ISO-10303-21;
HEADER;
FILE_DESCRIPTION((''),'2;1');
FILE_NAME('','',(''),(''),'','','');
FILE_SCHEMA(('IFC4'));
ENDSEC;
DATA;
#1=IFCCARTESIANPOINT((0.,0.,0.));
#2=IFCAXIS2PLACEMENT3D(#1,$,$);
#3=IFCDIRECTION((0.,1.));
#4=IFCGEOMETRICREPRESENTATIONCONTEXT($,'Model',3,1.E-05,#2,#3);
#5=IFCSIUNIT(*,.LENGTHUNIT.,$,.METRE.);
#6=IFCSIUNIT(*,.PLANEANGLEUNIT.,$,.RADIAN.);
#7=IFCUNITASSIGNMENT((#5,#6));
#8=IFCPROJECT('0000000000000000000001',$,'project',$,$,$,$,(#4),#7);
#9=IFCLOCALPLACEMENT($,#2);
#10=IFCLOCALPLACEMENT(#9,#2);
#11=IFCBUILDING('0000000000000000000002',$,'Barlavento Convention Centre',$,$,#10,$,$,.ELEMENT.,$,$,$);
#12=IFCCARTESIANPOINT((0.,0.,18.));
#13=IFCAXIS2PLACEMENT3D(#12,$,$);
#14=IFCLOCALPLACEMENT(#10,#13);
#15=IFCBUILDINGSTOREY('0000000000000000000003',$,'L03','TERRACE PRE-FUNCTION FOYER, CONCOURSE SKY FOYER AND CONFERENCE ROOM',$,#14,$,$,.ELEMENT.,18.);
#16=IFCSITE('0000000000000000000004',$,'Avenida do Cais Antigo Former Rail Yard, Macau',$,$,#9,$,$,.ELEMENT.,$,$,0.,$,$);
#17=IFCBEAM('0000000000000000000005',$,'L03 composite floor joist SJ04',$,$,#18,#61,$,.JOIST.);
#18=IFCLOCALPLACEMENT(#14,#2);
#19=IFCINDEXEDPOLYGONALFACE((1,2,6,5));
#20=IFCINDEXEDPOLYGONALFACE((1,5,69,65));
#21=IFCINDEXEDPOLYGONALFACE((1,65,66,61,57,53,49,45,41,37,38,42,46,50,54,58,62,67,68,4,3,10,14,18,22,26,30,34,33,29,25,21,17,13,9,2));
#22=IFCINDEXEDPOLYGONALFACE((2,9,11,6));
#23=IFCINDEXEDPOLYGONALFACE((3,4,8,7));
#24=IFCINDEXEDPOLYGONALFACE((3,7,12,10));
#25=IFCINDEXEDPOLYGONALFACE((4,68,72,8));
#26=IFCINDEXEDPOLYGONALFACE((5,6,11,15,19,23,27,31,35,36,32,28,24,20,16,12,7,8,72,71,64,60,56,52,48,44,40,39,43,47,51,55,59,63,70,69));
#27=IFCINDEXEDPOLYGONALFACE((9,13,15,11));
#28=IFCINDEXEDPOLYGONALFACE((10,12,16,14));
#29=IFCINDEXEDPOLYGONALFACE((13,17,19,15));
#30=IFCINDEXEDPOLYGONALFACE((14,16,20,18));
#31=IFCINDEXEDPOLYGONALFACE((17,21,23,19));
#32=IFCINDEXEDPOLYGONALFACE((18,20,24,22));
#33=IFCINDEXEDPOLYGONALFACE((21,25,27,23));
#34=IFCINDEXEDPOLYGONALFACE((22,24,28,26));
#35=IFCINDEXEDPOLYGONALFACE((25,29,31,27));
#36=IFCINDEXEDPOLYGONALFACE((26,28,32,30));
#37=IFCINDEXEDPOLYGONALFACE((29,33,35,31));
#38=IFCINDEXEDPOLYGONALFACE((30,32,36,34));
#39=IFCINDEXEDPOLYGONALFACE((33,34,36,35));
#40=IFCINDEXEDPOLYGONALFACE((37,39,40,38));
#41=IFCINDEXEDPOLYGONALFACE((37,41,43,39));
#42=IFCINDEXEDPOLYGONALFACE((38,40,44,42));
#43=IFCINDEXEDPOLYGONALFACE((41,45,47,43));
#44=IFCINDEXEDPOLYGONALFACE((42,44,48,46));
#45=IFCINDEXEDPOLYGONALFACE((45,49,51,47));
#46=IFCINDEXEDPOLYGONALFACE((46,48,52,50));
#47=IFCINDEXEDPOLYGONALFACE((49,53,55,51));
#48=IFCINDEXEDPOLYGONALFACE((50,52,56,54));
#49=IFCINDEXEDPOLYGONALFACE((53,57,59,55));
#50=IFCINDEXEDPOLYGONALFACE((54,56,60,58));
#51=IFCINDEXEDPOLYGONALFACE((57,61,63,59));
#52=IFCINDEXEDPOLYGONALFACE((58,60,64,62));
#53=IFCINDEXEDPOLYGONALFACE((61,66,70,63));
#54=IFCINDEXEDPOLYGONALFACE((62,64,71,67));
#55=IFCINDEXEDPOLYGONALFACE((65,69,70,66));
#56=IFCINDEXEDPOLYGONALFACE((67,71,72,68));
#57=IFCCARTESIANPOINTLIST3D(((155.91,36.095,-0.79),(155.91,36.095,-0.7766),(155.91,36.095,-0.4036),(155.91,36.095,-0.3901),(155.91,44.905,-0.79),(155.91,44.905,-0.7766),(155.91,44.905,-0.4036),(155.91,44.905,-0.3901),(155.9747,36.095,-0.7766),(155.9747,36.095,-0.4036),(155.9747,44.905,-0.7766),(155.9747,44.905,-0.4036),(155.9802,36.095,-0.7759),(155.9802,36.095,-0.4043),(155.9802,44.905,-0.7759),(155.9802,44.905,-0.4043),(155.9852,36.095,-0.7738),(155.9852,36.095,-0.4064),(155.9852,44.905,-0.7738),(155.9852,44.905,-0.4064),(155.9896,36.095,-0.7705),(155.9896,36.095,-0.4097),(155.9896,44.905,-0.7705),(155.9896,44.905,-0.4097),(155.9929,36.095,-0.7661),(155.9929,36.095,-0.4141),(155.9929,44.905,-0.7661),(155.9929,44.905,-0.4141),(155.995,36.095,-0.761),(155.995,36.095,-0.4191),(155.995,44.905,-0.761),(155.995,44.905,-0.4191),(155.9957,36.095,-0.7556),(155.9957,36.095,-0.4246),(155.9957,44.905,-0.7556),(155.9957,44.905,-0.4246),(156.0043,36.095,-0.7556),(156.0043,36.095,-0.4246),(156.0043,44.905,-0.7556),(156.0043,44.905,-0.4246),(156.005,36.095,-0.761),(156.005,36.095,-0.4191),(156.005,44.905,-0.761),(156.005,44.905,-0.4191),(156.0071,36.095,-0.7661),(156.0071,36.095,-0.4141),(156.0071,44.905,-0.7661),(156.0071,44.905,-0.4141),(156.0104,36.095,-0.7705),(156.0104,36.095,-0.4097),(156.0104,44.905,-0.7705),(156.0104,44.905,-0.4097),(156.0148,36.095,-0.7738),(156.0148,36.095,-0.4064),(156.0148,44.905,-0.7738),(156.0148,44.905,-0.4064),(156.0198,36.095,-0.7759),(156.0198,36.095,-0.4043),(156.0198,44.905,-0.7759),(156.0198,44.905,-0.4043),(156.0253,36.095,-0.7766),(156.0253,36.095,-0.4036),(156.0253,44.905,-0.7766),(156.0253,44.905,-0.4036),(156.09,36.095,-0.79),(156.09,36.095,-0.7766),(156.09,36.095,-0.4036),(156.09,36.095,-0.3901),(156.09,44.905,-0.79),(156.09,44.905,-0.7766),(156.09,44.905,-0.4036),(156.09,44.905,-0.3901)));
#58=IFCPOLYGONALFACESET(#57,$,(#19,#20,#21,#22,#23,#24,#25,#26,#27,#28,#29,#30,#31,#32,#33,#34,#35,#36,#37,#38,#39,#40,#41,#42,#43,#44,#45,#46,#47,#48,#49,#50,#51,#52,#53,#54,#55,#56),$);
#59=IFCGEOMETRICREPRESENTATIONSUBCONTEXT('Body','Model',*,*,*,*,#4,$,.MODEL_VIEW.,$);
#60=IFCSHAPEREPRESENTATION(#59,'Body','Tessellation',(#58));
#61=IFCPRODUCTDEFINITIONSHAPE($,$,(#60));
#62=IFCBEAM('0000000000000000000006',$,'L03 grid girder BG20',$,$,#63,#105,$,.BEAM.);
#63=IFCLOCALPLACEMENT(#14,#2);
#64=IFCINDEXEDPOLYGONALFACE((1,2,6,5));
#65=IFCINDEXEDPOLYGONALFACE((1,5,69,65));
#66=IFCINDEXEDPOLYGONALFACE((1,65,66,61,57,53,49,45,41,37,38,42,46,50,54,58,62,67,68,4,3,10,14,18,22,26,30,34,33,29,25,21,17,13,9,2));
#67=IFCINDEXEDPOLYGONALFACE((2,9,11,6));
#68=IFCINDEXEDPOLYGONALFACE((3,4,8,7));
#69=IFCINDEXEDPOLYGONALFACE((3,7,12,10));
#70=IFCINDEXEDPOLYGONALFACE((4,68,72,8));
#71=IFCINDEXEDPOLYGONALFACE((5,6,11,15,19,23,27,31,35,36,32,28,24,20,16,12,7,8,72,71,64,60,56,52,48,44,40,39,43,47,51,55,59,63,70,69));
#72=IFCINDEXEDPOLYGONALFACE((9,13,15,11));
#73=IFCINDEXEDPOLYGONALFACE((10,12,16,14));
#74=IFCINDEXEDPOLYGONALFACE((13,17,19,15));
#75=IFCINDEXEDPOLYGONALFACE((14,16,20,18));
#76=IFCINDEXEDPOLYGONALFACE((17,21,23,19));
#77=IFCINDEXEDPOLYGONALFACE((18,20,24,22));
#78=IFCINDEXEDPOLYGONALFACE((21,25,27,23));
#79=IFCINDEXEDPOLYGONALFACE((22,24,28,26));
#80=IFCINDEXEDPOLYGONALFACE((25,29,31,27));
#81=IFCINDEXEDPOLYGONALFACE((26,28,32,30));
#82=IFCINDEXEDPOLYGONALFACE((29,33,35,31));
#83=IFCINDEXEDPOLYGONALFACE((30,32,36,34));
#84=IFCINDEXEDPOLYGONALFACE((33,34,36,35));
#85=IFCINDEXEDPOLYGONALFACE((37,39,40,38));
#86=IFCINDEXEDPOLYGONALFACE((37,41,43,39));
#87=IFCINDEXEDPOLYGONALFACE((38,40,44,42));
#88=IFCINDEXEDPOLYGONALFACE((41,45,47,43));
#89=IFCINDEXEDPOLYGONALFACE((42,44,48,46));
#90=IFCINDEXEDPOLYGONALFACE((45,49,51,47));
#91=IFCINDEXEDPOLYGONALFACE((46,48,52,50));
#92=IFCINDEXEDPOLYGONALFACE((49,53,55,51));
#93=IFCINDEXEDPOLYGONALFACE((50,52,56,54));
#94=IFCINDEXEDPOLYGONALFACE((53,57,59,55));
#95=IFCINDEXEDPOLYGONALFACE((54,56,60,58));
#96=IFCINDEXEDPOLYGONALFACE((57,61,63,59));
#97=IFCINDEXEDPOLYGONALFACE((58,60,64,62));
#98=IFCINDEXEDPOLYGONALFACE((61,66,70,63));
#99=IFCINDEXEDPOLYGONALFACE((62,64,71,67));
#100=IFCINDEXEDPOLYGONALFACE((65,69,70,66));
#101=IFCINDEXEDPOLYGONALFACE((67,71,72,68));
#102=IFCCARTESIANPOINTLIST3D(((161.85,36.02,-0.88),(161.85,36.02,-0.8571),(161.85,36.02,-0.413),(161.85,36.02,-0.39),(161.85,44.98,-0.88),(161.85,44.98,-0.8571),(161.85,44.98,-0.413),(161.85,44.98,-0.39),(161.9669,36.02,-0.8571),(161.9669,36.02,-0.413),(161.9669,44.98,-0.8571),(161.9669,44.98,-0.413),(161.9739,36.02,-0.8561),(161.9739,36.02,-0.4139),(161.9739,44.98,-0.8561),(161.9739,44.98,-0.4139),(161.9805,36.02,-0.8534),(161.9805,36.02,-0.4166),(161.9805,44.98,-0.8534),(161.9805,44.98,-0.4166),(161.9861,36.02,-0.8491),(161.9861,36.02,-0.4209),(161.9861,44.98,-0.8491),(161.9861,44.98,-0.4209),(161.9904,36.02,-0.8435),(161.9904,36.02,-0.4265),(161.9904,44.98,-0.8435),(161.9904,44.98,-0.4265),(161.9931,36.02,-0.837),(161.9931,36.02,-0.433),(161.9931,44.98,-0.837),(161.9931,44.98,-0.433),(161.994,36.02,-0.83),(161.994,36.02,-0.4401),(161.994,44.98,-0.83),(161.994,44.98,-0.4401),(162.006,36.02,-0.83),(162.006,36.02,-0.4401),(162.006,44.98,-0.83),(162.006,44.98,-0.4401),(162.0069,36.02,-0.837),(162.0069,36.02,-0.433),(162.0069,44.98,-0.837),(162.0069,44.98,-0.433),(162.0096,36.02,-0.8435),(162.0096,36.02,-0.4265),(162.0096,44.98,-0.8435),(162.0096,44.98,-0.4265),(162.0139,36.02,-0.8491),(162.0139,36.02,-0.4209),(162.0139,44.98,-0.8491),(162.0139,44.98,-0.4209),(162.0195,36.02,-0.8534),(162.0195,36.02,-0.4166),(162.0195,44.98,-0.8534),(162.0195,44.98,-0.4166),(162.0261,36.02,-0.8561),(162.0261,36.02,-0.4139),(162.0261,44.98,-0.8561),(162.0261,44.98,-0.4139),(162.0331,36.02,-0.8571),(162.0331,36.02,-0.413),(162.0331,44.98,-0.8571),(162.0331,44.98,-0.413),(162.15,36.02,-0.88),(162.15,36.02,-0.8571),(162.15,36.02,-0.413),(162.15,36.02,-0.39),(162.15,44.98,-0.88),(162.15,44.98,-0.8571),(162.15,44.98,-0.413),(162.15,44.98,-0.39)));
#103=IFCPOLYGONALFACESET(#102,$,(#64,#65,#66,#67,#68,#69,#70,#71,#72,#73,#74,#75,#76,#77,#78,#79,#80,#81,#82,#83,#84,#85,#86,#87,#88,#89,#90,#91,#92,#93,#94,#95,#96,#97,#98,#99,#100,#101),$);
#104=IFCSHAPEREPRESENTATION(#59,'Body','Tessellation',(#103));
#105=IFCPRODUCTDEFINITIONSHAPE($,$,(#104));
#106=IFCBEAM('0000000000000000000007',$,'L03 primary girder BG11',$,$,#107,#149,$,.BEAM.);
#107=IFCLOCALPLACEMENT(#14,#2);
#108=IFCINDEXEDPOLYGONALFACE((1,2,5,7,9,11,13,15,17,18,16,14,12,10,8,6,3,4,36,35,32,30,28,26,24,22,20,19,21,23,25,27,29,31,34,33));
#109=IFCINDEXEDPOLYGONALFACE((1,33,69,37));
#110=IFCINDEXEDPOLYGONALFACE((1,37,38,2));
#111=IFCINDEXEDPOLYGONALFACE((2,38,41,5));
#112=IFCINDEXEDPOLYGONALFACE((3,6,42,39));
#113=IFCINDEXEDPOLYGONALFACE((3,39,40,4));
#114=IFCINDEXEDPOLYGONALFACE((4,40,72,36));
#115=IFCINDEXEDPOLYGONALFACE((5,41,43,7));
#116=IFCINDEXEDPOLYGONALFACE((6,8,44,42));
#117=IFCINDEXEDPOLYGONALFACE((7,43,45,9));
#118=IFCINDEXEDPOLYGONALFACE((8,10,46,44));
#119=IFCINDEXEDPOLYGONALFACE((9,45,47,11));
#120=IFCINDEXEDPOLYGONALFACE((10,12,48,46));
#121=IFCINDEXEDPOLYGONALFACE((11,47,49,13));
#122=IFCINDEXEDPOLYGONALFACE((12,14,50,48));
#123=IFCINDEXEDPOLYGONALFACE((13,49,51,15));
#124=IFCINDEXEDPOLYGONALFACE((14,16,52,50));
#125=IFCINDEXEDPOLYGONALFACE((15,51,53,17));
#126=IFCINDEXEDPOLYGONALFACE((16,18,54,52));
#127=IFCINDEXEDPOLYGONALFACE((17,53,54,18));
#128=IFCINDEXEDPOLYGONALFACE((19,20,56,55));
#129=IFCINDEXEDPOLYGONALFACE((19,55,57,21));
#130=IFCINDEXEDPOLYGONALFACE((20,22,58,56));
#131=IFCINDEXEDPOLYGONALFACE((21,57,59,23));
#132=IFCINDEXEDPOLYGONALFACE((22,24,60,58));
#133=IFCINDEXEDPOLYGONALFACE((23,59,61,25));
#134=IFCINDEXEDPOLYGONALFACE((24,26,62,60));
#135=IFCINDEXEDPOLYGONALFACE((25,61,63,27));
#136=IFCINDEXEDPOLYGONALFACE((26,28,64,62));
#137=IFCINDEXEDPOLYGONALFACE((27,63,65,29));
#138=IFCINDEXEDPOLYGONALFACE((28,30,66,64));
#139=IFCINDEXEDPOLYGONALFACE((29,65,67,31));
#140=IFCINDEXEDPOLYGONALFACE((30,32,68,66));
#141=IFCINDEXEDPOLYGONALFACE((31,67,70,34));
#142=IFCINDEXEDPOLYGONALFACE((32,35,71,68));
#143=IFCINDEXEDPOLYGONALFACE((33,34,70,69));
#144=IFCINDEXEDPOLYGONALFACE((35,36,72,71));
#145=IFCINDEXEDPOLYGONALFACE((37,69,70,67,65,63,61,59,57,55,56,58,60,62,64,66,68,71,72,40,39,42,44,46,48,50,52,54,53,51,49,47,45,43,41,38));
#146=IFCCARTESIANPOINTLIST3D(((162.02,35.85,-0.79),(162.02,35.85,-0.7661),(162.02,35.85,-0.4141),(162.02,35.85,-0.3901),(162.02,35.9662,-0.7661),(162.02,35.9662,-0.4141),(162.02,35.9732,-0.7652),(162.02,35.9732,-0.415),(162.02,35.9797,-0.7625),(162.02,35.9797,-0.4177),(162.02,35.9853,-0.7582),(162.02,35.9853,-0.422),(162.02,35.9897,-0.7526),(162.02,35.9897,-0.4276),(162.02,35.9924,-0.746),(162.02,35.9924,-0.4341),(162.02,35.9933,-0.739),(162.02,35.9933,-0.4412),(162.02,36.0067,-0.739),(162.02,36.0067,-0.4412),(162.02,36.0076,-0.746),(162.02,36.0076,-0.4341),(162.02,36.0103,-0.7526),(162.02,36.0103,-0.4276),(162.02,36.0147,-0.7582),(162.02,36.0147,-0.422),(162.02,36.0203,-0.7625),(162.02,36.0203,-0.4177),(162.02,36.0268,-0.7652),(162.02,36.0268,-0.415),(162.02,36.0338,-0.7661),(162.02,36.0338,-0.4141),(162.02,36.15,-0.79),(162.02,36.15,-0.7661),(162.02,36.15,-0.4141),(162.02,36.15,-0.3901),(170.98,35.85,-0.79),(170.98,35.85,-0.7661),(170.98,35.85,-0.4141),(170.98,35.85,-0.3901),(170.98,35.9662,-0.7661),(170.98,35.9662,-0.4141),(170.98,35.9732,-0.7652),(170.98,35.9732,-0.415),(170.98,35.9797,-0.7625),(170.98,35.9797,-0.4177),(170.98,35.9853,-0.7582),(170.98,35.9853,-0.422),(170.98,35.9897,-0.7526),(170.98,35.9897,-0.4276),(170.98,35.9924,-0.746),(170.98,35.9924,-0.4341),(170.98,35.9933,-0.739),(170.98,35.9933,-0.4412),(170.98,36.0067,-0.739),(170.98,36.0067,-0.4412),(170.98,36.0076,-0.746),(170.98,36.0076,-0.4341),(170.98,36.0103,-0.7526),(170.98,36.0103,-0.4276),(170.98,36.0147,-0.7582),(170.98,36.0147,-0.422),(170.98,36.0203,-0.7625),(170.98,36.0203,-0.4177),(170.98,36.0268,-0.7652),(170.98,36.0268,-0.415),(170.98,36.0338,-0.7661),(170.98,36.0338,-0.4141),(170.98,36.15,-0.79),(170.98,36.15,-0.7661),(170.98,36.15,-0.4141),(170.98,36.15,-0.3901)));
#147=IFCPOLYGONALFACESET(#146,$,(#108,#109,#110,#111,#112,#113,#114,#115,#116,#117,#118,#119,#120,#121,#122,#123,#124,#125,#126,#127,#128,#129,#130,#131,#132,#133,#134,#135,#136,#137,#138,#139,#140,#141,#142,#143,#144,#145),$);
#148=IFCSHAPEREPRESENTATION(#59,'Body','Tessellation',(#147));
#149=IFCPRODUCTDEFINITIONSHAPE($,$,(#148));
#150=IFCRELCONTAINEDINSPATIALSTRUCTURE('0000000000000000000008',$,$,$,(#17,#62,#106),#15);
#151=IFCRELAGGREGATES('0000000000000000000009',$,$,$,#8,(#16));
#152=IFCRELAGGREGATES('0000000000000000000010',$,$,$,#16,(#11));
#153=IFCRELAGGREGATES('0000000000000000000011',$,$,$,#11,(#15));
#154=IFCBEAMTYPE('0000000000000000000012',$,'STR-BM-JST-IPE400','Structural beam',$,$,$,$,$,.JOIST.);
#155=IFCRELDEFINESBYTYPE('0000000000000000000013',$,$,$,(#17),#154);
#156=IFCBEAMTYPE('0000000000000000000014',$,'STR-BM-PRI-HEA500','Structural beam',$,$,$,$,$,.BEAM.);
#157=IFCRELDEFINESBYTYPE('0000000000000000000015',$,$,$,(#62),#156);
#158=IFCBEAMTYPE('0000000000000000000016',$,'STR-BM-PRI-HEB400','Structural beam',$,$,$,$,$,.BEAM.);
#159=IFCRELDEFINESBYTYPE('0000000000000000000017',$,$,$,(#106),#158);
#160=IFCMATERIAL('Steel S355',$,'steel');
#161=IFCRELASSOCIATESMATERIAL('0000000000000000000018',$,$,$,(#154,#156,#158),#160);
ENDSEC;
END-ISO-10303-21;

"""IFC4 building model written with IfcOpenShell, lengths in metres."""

from ifc_helpers import new_model, si_unit, direction, frame, origin, origin_2d, place, context, subcontext, project, spatial, i_section, extrude, material, material_profile, profile_set, type_object, element, save


model = new_model("IFC4")

# Units and contexts
model_context = context("Model", 3, precision=1e-05, world=origin(), true_north=direction((0.0, 1.0)))
body_context = subcontext(model_context, "Body", "Model", "MODEL_VIEW")
ifc_project = project(units=[si_unit("LENGTHUNIT", "METRE"), si_unit("PLANEANGLEUNIT", "RADIAN")], contexts=[model_context])

# Site, building, storey
site_placement = place(None, origin())
site = spatial("IfcSite", under=ifc_project, at=site_placement, Name="Avenida do Cais Antigo Former Rail Yard, Macau", CompositionType="ELEMENT", RefElevation=0.0)
building_placement = place(site_placement, origin())
building = spatial("IfcBuilding", under=site, at=building_placement, Name="Barlavento Convention Centre", CompositionType="ELEMENT")
storey_placement = place(building_placement, frame((0.0, 0.0, 18.0)))
storey = spatial("IfcBuildingStorey", under=building, at=storey_placement, Name="L03", Description="TERRACE PRE-FUNCTION FOYER, CONCOURSE SKY FOYER AND CONFERENCE ROOM", CompositionType="ELEMENT", Elevation=18.0)

# Shared definitions
ifc_material_1 = material(Name="Steel S355", Category="steel")

# Beams
ifc_material_profile_1 = material_profile(ifc_material_1, i_section(OverallWidth=0.1799, OverallDepth=0.3999, WebThickness=0.0085, FlangeThickness=0.0134, FilletRadius=0.021, at=origin_2d()), Name="IPE 400")
ifc_profile_set_1 = profile_set([ifc_material_profile_1], Name="Steel S355")
beam_type_1 = type_object("IfcBeamType", Name="STR-BM-JST-IPE400", Description="Structural beam", PredefinedType="JOIST", material=ifc_profile_set_1)
beam_1_placement = place(storey_placement, frame((156.0, 36.095, -0.5901), z_axis=(0.0, 1.0, 0.0), x_axis=(-1.0, 0.0, 0.0)))
element("IfcBeam", 1, at=beam_1_placement, inside=storey, type_object=beam_type_1, Name="L03 composite floor joist SJ04", PredefinedType="JOIST", context=body_context, shape_type="SweptSolid", body=[
    extrude(i_section(OverallWidth=0.1799, OverallDepth=0.3999, WebThickness=0.0085, FlangeThickness=0.0134, FilletRadius=0.021, at=origin_2d()), origin(), (0.0, 0.0, 1.0), 8.8101),
])
ifc_material_profile_2 = material_profile(ifc_material_1, i_section(OverallWidth=0.3, OverallDepth=0.49, WebThickness=0.012, FlangeThickness=0.0229, FilletRadius=0.0271, at=origin_2d()), Name="HEA 500")
ifc_profile_set_2 = profile_set([ifc_material_profile_2], Name="Steel S355")
beam_type_2 = type_object("IfcBeamType", Name="STR-BM-PRI-HEA500", Description="Structural beam", PredefinedType="BEAM", material=ifc_profile_set_2)
beam_2_placement = place(storey_placement, frame((162.0, 36.02, -0.635), z_axis=(0.0, 1.0, 0.0), x_axis=(-1.0, 0.0, 0.0)))
element("IfcBeam", 2, at=beam_2_placement, inside=storey, type_object=beam_type_2, Name="L03 grid girder BG20", PredefinedType="BEAM", context=body_context, shape_type="SweptSolid", body=[
    extrude(i_section(OverallWidth=0.3, OverallDepth=0.49, WebThickness=0.012, FlangeThickness=0.0229, FilletRadius=0.0271, at=origin_2d()), origin(), (0.0, 0.0, 1.0), 8.96),
])
ifc_material_profile_3 = material_profile(ifc_material_1, i_section(OverallWidth=0.3, OverallDepth=0.3999, WebThickness=0.0134, FlangeThickness=0.0239, FilletRadius=0.0271, at=origin_2d()), Name="HEB 400")
ifc_profile_set_3 = profile_set([ifc_material_profile_3], Name="Steel S355")
beam_type_3 = type_object("IfcBeamType", Name="STR-BM-PRI-HEB400", Description="Structural beam", PredefinedType="BEAM", material=ifc_profile_set_3)
beam_3_placement = place(storey_placement, frame((162.02, 36.0, -0.5901), z_axis=(1.0, 0.0, 0.0), x_axis=(0.0, 1.0, 0.0)))
element("IfcBeam", 3, at=beam_3_placement, inside=storey, type_object=beam_type_3, Name="L03 primary girder BG11", PredefinedType="BEAM", context=body_context, shape_type="SweptSolid", body=[
    extrude(i_section(OverallWidth=0.3, OverallDepth=0.3999, WebThickness=0.0134, FlangeThickness=0.0239, FilletRadius=0.0271, at=origin_2d()), origin(), (0.0, 0.0, 1.0), 8.96),
])

save(model, "model.ifc")
